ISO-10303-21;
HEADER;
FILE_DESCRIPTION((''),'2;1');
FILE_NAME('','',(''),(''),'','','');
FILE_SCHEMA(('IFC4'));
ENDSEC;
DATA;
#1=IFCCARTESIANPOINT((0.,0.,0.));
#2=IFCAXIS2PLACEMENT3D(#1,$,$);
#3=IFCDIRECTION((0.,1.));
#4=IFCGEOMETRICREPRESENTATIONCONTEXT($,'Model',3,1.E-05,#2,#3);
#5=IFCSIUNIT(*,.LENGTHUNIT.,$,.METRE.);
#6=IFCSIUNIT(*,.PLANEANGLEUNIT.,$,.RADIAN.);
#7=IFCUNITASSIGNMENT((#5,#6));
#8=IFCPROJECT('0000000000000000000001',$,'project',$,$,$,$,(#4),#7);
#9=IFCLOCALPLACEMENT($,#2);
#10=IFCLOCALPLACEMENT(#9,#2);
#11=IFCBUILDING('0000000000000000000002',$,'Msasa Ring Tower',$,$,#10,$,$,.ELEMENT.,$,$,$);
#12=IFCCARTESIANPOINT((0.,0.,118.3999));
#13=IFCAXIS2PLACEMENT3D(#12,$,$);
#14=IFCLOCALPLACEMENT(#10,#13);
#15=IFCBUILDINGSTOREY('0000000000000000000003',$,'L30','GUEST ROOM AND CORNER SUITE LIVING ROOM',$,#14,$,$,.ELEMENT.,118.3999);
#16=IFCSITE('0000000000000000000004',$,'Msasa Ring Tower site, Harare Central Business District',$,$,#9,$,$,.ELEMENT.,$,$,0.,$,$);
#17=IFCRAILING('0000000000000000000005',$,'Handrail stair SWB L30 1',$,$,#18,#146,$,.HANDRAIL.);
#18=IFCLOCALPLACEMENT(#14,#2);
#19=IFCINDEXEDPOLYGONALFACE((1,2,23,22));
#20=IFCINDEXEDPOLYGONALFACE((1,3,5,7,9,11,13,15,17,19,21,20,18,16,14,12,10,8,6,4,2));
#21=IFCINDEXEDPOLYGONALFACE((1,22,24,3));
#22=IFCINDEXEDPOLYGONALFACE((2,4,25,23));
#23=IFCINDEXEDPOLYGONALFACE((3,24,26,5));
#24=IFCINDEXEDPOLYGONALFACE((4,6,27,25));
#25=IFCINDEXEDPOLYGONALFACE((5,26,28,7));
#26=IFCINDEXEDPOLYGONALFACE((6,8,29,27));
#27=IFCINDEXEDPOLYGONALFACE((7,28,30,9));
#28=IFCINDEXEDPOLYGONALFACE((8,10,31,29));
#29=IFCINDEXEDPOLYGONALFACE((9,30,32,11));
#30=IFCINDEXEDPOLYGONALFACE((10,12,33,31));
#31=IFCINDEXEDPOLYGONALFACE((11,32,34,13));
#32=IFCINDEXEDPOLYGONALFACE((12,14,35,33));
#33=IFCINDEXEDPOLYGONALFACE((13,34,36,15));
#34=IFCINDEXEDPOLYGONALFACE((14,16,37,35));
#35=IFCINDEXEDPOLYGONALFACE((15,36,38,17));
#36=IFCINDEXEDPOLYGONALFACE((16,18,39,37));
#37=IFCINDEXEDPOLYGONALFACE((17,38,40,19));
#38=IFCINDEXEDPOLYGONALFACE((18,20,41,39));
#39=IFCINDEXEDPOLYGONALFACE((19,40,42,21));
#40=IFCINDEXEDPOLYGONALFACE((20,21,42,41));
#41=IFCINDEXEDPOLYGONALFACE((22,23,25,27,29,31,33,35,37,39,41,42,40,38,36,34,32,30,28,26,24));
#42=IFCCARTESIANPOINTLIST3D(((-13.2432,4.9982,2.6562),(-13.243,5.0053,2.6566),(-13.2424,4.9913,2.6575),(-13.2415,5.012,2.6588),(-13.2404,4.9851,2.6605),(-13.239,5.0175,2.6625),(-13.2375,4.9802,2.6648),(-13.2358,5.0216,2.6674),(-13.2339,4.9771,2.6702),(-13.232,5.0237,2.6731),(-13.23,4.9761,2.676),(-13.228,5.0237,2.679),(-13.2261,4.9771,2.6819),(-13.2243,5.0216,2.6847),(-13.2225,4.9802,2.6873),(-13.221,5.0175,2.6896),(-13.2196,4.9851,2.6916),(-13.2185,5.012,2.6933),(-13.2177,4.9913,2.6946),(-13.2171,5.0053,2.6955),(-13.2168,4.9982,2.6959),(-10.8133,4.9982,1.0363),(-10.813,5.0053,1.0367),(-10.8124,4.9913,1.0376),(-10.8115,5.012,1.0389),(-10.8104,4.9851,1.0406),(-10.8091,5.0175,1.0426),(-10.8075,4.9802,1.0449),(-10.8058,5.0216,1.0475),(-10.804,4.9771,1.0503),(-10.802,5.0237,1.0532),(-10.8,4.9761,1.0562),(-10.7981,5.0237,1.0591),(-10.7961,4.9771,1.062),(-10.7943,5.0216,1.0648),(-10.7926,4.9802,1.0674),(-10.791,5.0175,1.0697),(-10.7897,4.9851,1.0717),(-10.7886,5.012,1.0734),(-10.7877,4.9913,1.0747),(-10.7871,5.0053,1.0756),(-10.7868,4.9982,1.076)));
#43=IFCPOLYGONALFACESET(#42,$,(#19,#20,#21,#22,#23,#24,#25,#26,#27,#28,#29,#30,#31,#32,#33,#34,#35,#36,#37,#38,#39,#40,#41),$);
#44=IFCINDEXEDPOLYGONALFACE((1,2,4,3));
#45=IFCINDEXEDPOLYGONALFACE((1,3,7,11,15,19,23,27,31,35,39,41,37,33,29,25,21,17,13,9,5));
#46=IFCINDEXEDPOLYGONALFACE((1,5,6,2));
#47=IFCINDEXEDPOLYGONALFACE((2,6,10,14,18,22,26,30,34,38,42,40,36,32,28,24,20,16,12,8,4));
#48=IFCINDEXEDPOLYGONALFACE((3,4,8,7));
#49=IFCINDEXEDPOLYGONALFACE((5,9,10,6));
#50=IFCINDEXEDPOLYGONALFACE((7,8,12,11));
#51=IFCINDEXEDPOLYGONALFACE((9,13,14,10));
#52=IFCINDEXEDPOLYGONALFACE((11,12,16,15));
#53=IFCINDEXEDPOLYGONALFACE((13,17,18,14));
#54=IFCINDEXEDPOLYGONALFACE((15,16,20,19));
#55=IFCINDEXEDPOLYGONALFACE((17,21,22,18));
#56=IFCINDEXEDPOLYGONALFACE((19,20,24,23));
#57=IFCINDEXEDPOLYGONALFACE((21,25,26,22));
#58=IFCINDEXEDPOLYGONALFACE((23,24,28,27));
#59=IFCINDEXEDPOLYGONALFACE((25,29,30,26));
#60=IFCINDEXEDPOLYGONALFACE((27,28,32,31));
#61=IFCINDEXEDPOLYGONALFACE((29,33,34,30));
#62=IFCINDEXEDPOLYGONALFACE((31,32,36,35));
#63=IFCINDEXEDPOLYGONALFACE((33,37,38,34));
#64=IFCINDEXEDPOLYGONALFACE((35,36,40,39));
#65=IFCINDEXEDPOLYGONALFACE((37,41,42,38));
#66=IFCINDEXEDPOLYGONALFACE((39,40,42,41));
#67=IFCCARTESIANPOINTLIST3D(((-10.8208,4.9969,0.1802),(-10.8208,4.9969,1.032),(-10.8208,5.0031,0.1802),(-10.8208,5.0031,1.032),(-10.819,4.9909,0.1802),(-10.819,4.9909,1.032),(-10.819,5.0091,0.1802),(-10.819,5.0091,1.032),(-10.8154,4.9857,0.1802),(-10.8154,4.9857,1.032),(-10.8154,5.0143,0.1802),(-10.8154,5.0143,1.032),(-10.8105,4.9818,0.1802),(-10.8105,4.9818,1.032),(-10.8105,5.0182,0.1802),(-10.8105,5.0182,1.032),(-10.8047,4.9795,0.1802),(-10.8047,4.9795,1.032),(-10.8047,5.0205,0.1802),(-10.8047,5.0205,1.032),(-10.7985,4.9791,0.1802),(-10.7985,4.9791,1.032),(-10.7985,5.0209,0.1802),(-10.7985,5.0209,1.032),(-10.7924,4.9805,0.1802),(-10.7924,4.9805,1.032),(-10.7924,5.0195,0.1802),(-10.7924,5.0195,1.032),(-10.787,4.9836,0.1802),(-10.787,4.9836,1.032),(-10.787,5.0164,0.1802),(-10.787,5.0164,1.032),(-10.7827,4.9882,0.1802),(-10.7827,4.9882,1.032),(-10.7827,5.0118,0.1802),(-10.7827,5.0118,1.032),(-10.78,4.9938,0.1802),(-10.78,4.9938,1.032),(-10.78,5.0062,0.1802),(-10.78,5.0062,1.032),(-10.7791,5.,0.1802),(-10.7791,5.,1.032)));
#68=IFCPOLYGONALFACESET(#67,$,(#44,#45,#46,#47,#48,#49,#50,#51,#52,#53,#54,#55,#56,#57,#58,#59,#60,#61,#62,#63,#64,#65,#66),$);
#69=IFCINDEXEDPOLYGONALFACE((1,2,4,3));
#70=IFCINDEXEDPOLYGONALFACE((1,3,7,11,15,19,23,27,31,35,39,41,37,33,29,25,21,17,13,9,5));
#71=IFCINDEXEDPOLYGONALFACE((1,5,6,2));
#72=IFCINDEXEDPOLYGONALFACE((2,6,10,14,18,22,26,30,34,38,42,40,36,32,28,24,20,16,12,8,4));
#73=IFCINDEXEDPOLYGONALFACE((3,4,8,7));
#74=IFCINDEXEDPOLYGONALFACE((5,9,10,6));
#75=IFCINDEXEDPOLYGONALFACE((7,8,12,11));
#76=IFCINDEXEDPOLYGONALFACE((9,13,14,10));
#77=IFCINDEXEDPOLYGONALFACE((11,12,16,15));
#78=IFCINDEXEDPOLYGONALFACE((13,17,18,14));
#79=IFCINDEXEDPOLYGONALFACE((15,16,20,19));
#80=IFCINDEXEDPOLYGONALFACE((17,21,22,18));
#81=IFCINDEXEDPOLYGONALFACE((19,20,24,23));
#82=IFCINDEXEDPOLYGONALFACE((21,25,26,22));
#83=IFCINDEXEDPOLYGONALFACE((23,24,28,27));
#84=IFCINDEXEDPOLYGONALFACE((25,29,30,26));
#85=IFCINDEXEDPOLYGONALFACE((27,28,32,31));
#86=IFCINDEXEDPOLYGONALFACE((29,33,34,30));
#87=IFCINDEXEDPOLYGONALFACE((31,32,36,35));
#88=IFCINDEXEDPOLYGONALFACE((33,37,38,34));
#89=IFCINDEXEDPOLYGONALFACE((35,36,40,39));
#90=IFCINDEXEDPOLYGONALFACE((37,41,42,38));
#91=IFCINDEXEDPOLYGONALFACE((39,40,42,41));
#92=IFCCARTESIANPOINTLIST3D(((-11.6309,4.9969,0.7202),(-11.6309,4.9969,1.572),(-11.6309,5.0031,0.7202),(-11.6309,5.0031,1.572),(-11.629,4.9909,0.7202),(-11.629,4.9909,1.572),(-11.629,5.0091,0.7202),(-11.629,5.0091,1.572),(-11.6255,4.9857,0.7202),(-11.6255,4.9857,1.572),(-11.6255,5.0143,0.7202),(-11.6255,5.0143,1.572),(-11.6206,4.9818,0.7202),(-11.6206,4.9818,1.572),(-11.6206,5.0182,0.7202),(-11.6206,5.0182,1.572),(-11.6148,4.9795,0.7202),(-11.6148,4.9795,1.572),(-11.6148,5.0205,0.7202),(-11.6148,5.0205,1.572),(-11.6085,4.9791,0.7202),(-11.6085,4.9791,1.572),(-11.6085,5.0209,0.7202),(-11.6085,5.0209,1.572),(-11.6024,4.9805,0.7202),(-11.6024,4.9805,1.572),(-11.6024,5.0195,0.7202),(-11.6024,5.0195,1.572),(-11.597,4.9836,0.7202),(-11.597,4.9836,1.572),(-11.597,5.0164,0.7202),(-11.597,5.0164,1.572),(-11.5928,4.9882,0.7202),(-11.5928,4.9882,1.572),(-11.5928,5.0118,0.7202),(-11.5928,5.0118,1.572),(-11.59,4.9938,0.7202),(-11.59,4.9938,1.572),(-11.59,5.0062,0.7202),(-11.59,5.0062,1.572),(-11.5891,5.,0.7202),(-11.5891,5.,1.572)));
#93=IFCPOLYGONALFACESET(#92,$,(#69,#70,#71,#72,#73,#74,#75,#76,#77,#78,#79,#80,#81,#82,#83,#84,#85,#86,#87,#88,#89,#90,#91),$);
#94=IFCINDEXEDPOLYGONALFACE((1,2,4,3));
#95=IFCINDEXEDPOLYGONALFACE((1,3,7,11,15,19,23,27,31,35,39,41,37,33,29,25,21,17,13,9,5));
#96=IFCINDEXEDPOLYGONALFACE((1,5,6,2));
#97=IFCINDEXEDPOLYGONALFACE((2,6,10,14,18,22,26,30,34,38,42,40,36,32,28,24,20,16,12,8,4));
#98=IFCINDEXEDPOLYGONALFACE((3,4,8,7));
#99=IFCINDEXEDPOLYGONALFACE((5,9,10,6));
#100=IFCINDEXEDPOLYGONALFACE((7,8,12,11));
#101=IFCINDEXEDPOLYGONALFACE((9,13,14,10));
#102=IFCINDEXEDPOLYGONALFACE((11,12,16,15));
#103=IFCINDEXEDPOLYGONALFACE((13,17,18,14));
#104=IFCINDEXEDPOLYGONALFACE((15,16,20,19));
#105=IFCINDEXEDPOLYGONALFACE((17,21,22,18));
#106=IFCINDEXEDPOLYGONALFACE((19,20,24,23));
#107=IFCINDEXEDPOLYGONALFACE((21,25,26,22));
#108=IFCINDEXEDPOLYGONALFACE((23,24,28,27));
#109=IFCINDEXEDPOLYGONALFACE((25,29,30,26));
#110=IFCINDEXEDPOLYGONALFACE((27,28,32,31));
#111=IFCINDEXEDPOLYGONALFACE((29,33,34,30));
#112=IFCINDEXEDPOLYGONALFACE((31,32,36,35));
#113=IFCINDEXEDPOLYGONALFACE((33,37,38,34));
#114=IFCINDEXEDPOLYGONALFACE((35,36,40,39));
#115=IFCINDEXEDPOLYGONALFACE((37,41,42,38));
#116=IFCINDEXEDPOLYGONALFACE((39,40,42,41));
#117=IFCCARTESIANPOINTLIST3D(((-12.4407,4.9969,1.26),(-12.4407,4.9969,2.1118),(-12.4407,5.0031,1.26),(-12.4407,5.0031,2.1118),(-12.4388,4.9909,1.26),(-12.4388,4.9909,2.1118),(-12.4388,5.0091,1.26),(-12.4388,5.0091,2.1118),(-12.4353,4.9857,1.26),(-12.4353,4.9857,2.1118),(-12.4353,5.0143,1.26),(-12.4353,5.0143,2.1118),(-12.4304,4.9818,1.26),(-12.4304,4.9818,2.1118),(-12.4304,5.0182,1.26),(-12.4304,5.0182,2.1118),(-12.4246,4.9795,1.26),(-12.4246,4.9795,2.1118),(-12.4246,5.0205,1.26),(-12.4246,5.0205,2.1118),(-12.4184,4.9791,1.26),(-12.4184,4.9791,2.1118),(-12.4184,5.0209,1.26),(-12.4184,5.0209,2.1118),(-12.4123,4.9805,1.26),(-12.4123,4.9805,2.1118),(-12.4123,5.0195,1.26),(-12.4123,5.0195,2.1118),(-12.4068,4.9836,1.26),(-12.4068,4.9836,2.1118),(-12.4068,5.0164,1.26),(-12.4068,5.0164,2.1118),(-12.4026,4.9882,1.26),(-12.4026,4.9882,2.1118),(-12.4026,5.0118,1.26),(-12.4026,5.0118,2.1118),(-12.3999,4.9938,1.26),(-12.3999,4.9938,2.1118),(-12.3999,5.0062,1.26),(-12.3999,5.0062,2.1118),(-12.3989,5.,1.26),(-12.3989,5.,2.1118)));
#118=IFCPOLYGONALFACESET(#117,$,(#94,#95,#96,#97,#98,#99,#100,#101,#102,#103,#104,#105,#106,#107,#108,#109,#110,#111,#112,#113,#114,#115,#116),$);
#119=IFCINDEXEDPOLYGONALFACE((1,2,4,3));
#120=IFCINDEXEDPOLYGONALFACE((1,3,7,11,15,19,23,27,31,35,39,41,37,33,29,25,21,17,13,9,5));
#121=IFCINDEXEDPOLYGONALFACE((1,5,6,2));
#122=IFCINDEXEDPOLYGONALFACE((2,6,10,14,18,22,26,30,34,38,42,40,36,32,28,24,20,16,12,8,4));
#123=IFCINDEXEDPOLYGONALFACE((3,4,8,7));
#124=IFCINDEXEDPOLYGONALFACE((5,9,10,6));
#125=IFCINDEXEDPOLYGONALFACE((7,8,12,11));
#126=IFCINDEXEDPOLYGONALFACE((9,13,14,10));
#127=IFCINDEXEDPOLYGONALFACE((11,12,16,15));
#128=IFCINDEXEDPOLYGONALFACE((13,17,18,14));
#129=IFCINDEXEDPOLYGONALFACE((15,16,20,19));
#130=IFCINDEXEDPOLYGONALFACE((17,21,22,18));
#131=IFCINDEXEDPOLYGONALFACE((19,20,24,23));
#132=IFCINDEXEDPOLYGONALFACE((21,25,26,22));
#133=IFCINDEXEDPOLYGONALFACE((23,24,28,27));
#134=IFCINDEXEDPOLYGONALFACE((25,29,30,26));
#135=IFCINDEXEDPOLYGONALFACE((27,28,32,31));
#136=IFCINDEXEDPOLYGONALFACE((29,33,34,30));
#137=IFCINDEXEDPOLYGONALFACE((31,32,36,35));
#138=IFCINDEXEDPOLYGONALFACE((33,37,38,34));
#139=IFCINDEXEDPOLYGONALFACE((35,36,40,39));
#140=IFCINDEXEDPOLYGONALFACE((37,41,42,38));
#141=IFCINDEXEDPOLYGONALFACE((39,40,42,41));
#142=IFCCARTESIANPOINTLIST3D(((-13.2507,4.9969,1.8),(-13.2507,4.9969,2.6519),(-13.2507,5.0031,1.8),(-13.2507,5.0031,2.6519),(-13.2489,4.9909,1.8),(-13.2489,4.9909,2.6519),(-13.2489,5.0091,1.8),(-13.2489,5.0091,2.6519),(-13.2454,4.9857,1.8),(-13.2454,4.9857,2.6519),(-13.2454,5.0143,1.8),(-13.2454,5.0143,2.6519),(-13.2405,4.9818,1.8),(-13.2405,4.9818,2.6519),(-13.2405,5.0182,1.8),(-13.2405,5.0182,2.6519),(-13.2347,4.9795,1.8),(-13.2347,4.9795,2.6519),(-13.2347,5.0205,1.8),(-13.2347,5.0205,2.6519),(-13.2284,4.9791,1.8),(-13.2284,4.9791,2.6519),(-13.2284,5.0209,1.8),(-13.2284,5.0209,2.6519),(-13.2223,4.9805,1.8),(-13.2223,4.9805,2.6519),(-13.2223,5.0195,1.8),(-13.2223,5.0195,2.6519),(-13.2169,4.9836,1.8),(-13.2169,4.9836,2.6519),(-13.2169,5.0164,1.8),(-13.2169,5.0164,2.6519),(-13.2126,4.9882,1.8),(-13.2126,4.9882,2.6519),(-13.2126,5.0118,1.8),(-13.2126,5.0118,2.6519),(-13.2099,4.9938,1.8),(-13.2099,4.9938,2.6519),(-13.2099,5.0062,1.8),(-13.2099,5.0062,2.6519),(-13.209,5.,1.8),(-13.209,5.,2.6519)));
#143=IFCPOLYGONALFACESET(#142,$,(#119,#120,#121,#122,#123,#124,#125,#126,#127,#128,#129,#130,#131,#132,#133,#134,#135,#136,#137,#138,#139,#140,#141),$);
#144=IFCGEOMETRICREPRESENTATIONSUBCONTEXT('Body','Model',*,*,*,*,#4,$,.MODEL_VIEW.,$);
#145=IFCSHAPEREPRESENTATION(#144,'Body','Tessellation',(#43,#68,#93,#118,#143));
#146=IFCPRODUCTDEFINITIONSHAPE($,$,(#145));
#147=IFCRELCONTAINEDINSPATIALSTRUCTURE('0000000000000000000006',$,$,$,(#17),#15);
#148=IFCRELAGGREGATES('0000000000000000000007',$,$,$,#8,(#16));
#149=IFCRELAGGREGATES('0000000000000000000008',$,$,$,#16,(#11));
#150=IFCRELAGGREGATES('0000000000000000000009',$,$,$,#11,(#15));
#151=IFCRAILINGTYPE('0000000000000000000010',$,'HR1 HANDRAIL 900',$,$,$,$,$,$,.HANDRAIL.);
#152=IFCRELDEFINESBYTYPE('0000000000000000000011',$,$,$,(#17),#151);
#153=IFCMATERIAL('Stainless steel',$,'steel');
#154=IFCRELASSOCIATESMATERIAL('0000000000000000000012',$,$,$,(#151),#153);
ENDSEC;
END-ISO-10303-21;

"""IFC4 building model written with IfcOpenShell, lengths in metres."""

from ifc_helpers import new_model, si_unit, direction, frame, origin, origin_2d, place, context, subcontext, project, spatial, circle, extrude, material, type_object, element, save


model = new_model("IFC4")

# Units and contexts
model_context = context("Model", 3, precision=1e-05, world=origin(), true_north=direction((0.0, 1.0)))
body_context = subcontext(model_context, "Body", "Model", "MODEL_VIEW")
ifc_project = project(units=[si_unit("LENGTHUNIT", "METRE"), si_unit("PLANEANGLEUNIT", "RADIAN")], contexts=[model_context])

# Site, building, storey
site_placement = place(None, origin())
site = spatial("IfcSite", under=ifc_project, at=site_placement, Name="Msasa Ring Tower site, Harare Central Business District", CompositionType="ELEMENT", RefElevation=0.0)
building_placement = place(site_placement, origin())
building = spatial("IfcBuilding", under=site, at=building_placement, Name="Msasa Ring Tower", CompositionType="ELEMENT")
storey_placement = place(building_placement, frame((0.0, 0.0, 118.3999)))
storey = spatial("IfcBuildingStorey", under=building, at=storey_placement, Name="L30", Description="GUEST ROOM AND CORNER SUITE LIVING ROOM", CompositionType="ELEMENT", Elevation=118.3999)

# Railing
ifc_material_1 = material(Name="Stainless steel", Category="steel")
railing_type = type_object("IfcRailingType", Name="HR1 HANDRAIL 900", PredefinedType="HANDRAIL", material=ifc_material_1)
for number, where, name in (
    (1, (-10.8, 5.0, 0.1802), "Handrail stair SWB L30 1"),
):
    element("IfcRailing", number, at=place(storey_placement, frame(where)), inside=storey, type_object=railing_type, Name=name, PredefinedType="HANDRAIL", context=body_context, shape_type="SweptSolid", body=[
        extrude(circle(Radius=0.0239, at=origin_2d()), frame((0.0, 0.0, 0.876), z_axis=(-0.832063, 0.0, 0.554681), x_axis=(0.0, -1.0, 0.0)), (0.0, 0.0, 1.0), 2.9204),
        extrude(circle(Radius=0.021, at=origin_2d()), origin(), (0.0, 0.0, 1.0), 0.8518),
        extrude(circle(Radius=0.021, at=origin_2d()), frame((-0.8101, 0.0, 0.54)), (0.0, 0.0, 1.0), 0.8518),
        extrude(circle(Radius=0.021, at=origin_2d()), frame((-1.6199, 0.0, 1.0798)), (0.0, 0.0, 1.0), 0.8518),
        extrude(circle(Radius=0.021, at=origin_2d()), frame((-2.4299, 0.0, 1.6199)), (0.0, 0.0, 1.0), 0.8518),
    ])

save(model, "model.ifc")
